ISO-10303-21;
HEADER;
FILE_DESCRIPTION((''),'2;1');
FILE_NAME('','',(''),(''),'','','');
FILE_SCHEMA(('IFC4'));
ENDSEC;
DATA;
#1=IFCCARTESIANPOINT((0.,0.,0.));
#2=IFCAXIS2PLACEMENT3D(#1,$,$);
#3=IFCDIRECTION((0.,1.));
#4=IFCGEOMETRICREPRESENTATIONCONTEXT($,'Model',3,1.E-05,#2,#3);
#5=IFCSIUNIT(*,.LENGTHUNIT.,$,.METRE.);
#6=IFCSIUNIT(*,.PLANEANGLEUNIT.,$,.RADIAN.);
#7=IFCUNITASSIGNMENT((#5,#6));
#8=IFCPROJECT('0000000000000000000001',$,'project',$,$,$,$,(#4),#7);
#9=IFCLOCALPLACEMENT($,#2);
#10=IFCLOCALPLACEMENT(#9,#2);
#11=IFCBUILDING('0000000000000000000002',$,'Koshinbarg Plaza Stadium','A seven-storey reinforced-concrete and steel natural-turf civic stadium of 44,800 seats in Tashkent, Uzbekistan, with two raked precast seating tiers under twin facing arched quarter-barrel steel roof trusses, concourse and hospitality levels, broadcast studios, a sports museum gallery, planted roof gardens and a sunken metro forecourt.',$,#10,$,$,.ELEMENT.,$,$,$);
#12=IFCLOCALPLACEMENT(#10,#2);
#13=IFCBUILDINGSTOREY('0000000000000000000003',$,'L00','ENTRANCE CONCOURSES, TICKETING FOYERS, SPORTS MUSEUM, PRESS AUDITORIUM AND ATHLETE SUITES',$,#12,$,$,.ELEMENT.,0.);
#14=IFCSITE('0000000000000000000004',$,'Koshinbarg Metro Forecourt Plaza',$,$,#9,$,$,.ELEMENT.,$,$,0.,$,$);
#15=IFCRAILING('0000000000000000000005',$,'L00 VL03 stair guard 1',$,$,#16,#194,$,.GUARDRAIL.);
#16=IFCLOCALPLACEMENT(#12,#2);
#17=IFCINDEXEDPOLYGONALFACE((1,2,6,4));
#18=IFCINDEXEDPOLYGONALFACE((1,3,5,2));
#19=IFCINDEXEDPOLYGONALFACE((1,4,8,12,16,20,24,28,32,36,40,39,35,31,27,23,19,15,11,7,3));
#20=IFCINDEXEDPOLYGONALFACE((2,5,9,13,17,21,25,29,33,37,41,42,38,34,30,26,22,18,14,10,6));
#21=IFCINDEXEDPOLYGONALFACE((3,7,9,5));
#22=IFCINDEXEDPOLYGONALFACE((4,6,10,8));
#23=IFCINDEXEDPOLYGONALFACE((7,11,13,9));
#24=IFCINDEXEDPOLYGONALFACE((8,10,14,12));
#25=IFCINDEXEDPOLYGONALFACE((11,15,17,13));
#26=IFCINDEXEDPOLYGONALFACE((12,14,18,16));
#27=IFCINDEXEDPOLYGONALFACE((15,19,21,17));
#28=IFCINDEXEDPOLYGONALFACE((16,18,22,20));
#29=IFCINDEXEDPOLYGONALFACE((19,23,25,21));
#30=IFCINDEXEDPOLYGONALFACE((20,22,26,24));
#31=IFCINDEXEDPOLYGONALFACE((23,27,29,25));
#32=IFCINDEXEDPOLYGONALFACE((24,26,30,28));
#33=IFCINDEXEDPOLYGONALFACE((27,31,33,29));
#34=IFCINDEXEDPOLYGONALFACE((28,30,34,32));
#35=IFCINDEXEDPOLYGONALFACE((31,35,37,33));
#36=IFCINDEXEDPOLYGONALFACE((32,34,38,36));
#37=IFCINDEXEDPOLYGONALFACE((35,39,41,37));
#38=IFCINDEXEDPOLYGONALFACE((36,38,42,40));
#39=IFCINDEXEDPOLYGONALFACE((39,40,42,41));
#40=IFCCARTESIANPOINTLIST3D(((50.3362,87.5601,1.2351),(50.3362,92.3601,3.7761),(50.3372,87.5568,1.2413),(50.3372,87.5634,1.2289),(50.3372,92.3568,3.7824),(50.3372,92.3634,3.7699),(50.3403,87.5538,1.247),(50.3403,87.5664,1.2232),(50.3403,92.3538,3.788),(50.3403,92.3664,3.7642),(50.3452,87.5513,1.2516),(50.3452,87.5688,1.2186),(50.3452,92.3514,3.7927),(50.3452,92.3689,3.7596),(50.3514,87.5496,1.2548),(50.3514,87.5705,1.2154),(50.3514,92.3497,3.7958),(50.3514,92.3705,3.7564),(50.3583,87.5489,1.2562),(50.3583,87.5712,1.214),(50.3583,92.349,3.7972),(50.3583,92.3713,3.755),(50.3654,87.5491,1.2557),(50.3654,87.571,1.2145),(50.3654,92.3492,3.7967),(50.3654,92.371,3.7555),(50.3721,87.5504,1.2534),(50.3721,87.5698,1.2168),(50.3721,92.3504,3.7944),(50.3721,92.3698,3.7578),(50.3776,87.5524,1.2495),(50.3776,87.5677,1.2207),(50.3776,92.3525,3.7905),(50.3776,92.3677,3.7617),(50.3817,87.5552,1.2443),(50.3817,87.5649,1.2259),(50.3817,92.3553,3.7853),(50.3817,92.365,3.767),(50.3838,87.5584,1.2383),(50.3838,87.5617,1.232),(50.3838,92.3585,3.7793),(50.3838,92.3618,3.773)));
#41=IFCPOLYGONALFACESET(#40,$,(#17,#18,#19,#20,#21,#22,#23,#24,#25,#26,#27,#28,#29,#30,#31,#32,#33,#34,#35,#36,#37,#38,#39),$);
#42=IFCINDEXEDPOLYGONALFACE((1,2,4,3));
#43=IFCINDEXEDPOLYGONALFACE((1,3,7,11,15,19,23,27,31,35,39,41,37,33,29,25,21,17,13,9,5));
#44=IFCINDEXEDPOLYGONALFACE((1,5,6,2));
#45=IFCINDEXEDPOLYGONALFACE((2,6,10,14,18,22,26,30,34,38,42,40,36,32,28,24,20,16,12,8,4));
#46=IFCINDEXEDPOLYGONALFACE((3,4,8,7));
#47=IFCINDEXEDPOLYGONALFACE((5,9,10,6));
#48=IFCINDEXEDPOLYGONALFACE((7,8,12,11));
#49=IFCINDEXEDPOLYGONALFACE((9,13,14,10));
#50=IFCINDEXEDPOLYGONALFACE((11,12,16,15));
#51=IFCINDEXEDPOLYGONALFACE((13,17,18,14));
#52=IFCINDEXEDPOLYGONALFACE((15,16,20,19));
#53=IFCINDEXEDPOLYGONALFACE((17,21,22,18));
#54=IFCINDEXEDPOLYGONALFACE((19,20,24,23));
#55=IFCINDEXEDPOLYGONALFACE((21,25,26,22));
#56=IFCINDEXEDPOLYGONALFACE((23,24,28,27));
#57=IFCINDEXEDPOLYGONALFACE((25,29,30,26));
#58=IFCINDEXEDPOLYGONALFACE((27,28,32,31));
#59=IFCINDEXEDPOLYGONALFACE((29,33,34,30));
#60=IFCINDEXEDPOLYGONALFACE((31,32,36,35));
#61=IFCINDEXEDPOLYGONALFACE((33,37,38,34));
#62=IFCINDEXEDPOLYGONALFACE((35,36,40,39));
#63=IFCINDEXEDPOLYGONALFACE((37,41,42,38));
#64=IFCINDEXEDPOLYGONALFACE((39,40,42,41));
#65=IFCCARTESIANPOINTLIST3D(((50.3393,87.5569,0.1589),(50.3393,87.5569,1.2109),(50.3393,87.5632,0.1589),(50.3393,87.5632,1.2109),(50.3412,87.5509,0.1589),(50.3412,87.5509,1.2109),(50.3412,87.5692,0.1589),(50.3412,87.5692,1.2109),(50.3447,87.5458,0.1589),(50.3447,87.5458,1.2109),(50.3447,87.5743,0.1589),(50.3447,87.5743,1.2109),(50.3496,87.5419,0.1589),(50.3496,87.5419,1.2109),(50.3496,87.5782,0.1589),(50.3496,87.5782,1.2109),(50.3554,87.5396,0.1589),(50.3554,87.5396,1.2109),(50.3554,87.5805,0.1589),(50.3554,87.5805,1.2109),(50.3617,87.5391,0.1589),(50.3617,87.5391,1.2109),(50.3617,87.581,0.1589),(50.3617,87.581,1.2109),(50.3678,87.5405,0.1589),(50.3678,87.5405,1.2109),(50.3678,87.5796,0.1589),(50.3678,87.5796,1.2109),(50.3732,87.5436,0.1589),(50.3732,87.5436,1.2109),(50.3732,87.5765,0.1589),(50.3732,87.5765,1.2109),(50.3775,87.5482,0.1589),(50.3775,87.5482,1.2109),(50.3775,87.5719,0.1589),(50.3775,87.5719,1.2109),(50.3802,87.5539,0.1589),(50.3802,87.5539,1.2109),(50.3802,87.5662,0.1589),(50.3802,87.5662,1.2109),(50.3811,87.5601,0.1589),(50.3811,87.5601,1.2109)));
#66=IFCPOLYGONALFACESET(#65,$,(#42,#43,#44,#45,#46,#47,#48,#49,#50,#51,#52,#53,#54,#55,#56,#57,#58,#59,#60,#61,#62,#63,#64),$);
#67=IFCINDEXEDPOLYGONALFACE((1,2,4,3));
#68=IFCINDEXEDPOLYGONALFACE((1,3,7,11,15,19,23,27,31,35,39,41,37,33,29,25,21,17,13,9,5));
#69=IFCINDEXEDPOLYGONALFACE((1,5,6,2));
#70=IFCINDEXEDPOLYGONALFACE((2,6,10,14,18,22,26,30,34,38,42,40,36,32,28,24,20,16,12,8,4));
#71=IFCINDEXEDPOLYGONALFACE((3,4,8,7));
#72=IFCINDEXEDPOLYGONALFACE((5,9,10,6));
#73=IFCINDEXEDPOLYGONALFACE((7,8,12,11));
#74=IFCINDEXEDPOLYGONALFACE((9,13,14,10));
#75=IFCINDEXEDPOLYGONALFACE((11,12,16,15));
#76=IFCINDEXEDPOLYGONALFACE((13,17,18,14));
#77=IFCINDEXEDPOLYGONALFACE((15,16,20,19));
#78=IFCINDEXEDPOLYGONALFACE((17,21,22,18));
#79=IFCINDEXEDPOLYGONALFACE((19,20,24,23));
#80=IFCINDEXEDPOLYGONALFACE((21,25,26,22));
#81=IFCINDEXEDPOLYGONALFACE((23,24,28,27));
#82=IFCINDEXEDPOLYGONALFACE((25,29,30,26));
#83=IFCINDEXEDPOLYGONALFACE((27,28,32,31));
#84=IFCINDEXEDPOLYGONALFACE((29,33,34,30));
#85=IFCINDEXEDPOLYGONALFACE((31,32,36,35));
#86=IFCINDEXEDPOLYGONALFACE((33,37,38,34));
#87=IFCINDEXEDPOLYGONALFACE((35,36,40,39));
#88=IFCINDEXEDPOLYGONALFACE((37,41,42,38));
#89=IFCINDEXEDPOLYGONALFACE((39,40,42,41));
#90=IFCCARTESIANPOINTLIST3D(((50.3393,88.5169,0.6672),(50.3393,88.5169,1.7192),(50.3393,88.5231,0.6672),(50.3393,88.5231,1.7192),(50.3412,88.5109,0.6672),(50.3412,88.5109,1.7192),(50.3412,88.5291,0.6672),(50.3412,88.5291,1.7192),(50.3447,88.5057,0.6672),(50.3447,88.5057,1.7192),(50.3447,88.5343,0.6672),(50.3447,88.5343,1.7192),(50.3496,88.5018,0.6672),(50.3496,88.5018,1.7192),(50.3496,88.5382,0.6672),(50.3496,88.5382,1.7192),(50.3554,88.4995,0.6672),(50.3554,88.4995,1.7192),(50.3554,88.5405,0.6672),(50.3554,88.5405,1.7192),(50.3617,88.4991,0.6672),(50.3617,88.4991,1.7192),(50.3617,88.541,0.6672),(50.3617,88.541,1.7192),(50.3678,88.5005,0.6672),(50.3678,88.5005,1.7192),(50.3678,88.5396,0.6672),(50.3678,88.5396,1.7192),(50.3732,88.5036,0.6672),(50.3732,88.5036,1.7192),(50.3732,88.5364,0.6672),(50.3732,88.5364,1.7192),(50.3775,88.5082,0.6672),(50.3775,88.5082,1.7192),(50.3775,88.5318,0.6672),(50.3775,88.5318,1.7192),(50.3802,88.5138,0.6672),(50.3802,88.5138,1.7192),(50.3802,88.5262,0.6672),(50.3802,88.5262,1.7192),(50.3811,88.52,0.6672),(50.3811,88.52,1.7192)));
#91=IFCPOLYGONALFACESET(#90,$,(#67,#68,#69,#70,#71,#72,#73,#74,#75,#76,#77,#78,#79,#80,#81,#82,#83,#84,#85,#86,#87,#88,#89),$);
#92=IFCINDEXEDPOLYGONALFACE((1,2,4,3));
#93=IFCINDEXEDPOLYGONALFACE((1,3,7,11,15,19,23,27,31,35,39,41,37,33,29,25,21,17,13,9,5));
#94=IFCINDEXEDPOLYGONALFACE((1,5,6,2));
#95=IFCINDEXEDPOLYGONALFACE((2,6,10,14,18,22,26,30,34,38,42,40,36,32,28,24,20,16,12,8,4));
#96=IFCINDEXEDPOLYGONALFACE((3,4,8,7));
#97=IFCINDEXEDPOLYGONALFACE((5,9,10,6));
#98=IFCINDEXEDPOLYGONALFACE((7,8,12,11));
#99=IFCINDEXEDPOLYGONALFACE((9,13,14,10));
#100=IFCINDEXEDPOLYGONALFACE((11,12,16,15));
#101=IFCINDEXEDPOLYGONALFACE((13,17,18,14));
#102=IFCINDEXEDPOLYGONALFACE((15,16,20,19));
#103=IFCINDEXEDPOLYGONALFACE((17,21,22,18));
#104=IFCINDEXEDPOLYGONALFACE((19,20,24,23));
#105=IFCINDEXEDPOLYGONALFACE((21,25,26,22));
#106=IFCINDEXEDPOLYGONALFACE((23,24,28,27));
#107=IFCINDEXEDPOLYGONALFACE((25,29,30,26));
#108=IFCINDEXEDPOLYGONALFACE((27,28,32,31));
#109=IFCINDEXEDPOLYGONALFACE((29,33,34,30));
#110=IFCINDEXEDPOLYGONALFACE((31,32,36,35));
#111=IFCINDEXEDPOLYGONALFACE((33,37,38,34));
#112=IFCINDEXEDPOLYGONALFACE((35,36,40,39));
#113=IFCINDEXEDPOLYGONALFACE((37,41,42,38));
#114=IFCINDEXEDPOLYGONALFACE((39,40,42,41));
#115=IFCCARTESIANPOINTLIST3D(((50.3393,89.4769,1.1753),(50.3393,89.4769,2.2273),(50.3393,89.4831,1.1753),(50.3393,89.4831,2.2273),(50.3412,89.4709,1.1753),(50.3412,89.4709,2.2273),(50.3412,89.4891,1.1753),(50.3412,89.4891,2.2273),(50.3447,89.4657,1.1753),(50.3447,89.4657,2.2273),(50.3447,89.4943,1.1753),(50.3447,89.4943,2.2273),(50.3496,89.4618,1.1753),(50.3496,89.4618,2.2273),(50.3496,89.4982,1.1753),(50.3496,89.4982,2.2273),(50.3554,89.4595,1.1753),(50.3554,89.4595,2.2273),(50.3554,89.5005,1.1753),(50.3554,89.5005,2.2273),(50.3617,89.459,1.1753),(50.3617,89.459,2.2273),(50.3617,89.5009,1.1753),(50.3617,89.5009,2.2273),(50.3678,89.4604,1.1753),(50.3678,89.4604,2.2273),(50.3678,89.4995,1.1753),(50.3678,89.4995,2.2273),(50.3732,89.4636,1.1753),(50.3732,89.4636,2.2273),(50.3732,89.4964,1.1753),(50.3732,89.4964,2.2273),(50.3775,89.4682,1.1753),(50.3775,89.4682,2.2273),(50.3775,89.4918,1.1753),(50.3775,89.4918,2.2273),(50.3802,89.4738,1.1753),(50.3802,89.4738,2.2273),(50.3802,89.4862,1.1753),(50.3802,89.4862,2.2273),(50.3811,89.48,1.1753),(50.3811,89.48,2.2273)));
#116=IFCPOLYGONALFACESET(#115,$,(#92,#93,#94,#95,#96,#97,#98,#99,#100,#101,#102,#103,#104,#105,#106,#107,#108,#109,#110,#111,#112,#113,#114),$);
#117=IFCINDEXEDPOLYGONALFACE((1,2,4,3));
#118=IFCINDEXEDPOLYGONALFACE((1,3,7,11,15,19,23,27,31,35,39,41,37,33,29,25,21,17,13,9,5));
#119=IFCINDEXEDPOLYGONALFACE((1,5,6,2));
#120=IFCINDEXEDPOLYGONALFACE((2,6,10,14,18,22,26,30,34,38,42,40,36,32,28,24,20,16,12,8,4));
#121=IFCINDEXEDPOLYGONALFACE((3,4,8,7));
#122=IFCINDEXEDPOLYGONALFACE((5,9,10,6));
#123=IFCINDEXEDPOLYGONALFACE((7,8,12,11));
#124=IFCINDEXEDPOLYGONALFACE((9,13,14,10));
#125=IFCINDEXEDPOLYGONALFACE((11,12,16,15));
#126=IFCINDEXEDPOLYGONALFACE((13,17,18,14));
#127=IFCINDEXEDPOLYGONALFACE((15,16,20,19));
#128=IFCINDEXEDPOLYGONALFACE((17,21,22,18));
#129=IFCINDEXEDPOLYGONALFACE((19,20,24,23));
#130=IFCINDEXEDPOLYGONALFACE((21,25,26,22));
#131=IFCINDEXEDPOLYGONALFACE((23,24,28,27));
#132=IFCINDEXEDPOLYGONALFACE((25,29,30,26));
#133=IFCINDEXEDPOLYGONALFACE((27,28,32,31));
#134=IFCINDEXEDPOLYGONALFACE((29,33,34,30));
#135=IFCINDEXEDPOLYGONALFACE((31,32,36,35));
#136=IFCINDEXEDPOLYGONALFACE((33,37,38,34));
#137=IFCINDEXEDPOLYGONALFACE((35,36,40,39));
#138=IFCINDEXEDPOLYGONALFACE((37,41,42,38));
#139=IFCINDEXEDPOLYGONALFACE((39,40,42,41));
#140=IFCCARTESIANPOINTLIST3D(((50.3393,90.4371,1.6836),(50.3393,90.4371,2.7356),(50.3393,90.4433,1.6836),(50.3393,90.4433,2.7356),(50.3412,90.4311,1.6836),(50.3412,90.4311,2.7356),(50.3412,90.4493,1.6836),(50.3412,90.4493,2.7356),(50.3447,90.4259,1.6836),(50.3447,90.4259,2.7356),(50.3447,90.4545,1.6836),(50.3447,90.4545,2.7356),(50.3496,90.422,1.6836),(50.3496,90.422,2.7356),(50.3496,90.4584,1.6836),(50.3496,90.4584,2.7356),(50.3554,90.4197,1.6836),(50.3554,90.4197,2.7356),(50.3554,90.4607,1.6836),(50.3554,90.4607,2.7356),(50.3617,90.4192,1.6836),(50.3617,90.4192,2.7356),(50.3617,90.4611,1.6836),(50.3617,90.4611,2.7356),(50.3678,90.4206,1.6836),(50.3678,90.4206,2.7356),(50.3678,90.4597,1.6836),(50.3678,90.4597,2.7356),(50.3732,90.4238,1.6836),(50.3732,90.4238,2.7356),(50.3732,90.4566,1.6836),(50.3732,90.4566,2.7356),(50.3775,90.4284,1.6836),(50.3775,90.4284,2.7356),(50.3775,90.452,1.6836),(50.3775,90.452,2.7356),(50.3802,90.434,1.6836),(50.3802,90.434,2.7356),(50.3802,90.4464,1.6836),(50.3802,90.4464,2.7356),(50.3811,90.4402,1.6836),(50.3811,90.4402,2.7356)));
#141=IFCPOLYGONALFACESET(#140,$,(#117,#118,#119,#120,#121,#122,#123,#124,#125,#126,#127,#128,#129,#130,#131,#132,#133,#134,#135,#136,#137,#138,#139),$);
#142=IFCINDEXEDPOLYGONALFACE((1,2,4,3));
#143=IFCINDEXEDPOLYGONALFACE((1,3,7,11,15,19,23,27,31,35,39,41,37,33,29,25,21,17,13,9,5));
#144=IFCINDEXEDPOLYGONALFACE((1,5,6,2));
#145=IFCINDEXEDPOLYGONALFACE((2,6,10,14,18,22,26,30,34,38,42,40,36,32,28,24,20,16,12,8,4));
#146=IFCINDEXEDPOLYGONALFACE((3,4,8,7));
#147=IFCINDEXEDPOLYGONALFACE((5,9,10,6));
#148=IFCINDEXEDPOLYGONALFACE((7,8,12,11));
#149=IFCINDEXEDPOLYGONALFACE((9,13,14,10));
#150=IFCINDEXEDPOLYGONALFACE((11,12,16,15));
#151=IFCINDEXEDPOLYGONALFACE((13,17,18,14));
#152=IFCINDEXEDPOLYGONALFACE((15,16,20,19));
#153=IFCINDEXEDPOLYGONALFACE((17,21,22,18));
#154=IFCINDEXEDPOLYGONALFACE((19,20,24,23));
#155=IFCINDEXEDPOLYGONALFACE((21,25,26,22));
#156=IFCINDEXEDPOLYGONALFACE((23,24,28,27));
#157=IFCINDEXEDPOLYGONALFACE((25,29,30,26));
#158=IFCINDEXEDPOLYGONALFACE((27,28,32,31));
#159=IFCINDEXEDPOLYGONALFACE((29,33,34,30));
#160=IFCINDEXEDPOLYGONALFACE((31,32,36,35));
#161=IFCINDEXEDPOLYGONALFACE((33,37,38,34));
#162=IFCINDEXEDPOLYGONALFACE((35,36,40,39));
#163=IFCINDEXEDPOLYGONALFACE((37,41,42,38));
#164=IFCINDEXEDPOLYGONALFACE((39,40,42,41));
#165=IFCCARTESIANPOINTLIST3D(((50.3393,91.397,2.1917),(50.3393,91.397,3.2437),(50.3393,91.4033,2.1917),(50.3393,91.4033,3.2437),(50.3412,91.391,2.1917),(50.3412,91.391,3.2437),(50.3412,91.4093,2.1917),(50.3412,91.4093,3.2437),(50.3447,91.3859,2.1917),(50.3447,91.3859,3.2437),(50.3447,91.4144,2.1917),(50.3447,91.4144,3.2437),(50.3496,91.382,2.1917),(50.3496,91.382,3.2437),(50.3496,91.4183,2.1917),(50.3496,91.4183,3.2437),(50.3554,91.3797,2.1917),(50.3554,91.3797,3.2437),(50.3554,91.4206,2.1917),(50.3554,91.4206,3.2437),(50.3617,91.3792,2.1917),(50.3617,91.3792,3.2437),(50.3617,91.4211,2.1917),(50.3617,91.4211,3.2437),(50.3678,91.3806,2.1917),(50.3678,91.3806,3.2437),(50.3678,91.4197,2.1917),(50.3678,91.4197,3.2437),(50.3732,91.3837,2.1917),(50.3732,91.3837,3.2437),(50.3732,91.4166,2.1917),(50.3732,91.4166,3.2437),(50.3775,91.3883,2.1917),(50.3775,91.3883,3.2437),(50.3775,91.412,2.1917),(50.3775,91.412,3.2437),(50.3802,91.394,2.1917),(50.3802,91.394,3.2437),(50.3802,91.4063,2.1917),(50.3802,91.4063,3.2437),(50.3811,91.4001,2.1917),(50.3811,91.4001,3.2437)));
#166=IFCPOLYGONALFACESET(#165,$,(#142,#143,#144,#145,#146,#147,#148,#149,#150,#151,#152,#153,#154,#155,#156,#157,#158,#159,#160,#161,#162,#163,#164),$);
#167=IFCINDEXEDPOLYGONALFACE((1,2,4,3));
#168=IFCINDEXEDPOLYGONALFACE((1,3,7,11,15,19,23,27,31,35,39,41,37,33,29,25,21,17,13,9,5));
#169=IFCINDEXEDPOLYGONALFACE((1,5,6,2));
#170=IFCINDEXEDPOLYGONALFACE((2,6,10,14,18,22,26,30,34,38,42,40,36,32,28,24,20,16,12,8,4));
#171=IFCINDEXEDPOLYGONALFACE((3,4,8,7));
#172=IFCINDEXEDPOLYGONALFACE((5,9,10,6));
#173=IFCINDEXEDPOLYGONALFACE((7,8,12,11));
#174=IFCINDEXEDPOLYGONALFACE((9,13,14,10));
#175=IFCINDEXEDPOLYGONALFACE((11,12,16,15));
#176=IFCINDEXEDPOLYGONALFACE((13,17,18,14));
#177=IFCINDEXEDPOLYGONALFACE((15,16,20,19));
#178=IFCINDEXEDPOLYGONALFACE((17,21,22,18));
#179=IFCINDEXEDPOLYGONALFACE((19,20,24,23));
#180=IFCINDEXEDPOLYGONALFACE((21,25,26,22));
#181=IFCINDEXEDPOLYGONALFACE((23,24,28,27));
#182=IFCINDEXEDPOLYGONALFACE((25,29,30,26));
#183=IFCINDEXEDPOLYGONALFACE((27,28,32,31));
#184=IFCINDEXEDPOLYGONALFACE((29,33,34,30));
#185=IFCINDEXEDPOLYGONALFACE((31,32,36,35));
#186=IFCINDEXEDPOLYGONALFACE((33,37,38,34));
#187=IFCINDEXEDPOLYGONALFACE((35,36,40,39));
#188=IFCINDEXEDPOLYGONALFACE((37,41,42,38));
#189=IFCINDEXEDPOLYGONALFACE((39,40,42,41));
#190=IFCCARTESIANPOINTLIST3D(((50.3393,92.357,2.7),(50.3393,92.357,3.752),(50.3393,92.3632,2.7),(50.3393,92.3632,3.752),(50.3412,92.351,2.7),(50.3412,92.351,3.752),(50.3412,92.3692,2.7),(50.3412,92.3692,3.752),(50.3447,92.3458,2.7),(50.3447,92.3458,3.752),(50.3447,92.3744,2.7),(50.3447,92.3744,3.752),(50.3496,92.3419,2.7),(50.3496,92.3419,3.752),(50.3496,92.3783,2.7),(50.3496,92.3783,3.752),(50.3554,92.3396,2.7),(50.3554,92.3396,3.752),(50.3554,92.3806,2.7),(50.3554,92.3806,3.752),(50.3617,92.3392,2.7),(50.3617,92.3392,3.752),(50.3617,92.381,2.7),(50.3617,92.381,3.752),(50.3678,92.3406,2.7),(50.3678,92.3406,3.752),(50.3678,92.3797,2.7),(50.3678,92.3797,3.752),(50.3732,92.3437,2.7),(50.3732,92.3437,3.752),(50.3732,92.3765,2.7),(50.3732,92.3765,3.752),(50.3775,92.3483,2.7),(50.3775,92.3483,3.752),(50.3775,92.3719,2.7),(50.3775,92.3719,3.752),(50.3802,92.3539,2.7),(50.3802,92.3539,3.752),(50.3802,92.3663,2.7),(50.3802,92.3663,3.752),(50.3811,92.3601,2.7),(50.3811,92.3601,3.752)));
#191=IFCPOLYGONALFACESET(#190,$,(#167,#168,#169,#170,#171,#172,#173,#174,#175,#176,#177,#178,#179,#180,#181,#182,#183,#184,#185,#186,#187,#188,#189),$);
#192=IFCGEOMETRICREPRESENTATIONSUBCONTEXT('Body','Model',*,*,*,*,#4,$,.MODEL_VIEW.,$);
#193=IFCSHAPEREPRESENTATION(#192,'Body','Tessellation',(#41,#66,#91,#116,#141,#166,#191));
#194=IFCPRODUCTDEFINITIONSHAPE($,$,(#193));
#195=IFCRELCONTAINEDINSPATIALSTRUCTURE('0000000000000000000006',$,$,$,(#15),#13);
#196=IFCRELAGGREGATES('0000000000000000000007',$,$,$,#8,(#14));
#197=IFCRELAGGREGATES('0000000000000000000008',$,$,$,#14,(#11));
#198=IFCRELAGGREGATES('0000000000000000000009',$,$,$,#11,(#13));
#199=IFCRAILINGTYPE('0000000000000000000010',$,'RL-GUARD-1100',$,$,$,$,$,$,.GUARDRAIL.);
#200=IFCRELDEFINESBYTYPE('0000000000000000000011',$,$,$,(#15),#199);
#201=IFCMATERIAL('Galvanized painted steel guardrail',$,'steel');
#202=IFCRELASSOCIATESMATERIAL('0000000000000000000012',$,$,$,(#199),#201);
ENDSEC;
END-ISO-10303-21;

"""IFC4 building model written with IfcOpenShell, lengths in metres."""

from ifc_helpers import new_model, si_unit, direction, frame, origin, origin_2d, place, context, subcontext, project, spatial, circle, extrude, material, type_object, element, save


model = new_model("IFC4")

# Units and contexts
model_context = context("Model", 3, precision=1e-05, world=origin(), true_north=direction((0.0, 1.0)))
body_context = subcontext(model_context, "Body", "Model", "MODEL_VIEW")
ifc_project = project(units=[si_unit("LENGTHUNIT", "METRE"), si_unit("PLANEANGLEUNIT", "RADIAN")], contexts=[model_context])

# Site, building, storey
site_placement = place(None, origin())
site = spatial("IfcSite", under=ifc_project, at=site_placement, Name="Koshinbarg Metro Forecourt Plaza", CompositionType="ELEMENT", RefElevation=0.0)
building_placement = place(site_placement, origin())
building = spatial("IfcBuilding", under=site, at=building_placement, Name="Koshinbarg Plaza Stadium", Description="A seven-storey reinforced-concrete and steel natural-turf civic stadium of 44,800 seats in Tashkent, Uzbekistan, with two raked precast seating tiers under twin facing arched quarter-barrel steel roof trusses, concourse and hospitality levels, broadcast studios, a sports museum gallery, planted roof gardens and a sunken metro forecourt.", CompositionType="ELEMENT")
storey_placement = place(building_placement, origin())
storey = spatial("IfcBuildingStorey", under=building, at=storey_placement, Name="L00", Description="ENTRANCE CONCOURSES, TICKETING FOYERS, SPORTS MUSEUM, PRESS AUDITORIUM AND ATHLETE SUITES", CompositionType="ELEMENT", Elevation=0.0)

# Railing
ifc_material_1 = material(Name="Galvanized painted steel guardrail", Category="steel")
railing_type_1 = type_object("IfcRailingType", Name="RL-GUARD-1100", PredefinedType="GUARDRAIL", material=ifc_material_1)
railing_1_placement = place(storey_placement, frame((50.3601, 87.5601, 0.1589)))
element("IfcRailing", 1, at=railing_1_placement, inside=storey, type_object=railing_type_1, Name="L00 VL03 stair guard 1", PredefinedType="GUARDRAIL", context=body_context, shape_type="SweptSolid", body=[
    extrude(circle(Radius=0.0239, at=origin_2d()), frame((0.0, 0.0, 1.0762), z_axis=(0.0, 0.883802, 0.467861), x_axis=(-1.0, 0.0, 0.0)), (0.0, 0.0, 1.0), 5.4312),
    extrude(circle(Radius=0.021, at=origin_2d()), origin(), (0.0, 0.0, 1.0), 1.052),
    extrude(circle(Radius=0.021, at=origin_2d()), frame((0.0, 0.96, 0.5083)), (0.0, 0.0, 1.0), 1.052),
    extrude(circle(Radius=0.021, at=origin_2d()), frame((0.0, 1.9199, 1.0164)), (0.0, 0.0, 1.0), 1.052),
    extrude(circle(Radius=0.021, at=origin_2d()), frame((0.0, 2.8801, 1.5247)), (0.0, 0.0, 1.0), 1.052),
    extrude(circle(Radius=0.021, at=origin_2d()), frame((0.0, 3.8401, 2.0327)), (0.0, 0.0, 1.0), 1.052),
    extrude(circle(Radius=0.021, at=origin_2d()), frame((0.0, 4.8, 2.541)), (0.0, 0.0, 1.0), 1.052),
])

save(model, "model.ifc")
